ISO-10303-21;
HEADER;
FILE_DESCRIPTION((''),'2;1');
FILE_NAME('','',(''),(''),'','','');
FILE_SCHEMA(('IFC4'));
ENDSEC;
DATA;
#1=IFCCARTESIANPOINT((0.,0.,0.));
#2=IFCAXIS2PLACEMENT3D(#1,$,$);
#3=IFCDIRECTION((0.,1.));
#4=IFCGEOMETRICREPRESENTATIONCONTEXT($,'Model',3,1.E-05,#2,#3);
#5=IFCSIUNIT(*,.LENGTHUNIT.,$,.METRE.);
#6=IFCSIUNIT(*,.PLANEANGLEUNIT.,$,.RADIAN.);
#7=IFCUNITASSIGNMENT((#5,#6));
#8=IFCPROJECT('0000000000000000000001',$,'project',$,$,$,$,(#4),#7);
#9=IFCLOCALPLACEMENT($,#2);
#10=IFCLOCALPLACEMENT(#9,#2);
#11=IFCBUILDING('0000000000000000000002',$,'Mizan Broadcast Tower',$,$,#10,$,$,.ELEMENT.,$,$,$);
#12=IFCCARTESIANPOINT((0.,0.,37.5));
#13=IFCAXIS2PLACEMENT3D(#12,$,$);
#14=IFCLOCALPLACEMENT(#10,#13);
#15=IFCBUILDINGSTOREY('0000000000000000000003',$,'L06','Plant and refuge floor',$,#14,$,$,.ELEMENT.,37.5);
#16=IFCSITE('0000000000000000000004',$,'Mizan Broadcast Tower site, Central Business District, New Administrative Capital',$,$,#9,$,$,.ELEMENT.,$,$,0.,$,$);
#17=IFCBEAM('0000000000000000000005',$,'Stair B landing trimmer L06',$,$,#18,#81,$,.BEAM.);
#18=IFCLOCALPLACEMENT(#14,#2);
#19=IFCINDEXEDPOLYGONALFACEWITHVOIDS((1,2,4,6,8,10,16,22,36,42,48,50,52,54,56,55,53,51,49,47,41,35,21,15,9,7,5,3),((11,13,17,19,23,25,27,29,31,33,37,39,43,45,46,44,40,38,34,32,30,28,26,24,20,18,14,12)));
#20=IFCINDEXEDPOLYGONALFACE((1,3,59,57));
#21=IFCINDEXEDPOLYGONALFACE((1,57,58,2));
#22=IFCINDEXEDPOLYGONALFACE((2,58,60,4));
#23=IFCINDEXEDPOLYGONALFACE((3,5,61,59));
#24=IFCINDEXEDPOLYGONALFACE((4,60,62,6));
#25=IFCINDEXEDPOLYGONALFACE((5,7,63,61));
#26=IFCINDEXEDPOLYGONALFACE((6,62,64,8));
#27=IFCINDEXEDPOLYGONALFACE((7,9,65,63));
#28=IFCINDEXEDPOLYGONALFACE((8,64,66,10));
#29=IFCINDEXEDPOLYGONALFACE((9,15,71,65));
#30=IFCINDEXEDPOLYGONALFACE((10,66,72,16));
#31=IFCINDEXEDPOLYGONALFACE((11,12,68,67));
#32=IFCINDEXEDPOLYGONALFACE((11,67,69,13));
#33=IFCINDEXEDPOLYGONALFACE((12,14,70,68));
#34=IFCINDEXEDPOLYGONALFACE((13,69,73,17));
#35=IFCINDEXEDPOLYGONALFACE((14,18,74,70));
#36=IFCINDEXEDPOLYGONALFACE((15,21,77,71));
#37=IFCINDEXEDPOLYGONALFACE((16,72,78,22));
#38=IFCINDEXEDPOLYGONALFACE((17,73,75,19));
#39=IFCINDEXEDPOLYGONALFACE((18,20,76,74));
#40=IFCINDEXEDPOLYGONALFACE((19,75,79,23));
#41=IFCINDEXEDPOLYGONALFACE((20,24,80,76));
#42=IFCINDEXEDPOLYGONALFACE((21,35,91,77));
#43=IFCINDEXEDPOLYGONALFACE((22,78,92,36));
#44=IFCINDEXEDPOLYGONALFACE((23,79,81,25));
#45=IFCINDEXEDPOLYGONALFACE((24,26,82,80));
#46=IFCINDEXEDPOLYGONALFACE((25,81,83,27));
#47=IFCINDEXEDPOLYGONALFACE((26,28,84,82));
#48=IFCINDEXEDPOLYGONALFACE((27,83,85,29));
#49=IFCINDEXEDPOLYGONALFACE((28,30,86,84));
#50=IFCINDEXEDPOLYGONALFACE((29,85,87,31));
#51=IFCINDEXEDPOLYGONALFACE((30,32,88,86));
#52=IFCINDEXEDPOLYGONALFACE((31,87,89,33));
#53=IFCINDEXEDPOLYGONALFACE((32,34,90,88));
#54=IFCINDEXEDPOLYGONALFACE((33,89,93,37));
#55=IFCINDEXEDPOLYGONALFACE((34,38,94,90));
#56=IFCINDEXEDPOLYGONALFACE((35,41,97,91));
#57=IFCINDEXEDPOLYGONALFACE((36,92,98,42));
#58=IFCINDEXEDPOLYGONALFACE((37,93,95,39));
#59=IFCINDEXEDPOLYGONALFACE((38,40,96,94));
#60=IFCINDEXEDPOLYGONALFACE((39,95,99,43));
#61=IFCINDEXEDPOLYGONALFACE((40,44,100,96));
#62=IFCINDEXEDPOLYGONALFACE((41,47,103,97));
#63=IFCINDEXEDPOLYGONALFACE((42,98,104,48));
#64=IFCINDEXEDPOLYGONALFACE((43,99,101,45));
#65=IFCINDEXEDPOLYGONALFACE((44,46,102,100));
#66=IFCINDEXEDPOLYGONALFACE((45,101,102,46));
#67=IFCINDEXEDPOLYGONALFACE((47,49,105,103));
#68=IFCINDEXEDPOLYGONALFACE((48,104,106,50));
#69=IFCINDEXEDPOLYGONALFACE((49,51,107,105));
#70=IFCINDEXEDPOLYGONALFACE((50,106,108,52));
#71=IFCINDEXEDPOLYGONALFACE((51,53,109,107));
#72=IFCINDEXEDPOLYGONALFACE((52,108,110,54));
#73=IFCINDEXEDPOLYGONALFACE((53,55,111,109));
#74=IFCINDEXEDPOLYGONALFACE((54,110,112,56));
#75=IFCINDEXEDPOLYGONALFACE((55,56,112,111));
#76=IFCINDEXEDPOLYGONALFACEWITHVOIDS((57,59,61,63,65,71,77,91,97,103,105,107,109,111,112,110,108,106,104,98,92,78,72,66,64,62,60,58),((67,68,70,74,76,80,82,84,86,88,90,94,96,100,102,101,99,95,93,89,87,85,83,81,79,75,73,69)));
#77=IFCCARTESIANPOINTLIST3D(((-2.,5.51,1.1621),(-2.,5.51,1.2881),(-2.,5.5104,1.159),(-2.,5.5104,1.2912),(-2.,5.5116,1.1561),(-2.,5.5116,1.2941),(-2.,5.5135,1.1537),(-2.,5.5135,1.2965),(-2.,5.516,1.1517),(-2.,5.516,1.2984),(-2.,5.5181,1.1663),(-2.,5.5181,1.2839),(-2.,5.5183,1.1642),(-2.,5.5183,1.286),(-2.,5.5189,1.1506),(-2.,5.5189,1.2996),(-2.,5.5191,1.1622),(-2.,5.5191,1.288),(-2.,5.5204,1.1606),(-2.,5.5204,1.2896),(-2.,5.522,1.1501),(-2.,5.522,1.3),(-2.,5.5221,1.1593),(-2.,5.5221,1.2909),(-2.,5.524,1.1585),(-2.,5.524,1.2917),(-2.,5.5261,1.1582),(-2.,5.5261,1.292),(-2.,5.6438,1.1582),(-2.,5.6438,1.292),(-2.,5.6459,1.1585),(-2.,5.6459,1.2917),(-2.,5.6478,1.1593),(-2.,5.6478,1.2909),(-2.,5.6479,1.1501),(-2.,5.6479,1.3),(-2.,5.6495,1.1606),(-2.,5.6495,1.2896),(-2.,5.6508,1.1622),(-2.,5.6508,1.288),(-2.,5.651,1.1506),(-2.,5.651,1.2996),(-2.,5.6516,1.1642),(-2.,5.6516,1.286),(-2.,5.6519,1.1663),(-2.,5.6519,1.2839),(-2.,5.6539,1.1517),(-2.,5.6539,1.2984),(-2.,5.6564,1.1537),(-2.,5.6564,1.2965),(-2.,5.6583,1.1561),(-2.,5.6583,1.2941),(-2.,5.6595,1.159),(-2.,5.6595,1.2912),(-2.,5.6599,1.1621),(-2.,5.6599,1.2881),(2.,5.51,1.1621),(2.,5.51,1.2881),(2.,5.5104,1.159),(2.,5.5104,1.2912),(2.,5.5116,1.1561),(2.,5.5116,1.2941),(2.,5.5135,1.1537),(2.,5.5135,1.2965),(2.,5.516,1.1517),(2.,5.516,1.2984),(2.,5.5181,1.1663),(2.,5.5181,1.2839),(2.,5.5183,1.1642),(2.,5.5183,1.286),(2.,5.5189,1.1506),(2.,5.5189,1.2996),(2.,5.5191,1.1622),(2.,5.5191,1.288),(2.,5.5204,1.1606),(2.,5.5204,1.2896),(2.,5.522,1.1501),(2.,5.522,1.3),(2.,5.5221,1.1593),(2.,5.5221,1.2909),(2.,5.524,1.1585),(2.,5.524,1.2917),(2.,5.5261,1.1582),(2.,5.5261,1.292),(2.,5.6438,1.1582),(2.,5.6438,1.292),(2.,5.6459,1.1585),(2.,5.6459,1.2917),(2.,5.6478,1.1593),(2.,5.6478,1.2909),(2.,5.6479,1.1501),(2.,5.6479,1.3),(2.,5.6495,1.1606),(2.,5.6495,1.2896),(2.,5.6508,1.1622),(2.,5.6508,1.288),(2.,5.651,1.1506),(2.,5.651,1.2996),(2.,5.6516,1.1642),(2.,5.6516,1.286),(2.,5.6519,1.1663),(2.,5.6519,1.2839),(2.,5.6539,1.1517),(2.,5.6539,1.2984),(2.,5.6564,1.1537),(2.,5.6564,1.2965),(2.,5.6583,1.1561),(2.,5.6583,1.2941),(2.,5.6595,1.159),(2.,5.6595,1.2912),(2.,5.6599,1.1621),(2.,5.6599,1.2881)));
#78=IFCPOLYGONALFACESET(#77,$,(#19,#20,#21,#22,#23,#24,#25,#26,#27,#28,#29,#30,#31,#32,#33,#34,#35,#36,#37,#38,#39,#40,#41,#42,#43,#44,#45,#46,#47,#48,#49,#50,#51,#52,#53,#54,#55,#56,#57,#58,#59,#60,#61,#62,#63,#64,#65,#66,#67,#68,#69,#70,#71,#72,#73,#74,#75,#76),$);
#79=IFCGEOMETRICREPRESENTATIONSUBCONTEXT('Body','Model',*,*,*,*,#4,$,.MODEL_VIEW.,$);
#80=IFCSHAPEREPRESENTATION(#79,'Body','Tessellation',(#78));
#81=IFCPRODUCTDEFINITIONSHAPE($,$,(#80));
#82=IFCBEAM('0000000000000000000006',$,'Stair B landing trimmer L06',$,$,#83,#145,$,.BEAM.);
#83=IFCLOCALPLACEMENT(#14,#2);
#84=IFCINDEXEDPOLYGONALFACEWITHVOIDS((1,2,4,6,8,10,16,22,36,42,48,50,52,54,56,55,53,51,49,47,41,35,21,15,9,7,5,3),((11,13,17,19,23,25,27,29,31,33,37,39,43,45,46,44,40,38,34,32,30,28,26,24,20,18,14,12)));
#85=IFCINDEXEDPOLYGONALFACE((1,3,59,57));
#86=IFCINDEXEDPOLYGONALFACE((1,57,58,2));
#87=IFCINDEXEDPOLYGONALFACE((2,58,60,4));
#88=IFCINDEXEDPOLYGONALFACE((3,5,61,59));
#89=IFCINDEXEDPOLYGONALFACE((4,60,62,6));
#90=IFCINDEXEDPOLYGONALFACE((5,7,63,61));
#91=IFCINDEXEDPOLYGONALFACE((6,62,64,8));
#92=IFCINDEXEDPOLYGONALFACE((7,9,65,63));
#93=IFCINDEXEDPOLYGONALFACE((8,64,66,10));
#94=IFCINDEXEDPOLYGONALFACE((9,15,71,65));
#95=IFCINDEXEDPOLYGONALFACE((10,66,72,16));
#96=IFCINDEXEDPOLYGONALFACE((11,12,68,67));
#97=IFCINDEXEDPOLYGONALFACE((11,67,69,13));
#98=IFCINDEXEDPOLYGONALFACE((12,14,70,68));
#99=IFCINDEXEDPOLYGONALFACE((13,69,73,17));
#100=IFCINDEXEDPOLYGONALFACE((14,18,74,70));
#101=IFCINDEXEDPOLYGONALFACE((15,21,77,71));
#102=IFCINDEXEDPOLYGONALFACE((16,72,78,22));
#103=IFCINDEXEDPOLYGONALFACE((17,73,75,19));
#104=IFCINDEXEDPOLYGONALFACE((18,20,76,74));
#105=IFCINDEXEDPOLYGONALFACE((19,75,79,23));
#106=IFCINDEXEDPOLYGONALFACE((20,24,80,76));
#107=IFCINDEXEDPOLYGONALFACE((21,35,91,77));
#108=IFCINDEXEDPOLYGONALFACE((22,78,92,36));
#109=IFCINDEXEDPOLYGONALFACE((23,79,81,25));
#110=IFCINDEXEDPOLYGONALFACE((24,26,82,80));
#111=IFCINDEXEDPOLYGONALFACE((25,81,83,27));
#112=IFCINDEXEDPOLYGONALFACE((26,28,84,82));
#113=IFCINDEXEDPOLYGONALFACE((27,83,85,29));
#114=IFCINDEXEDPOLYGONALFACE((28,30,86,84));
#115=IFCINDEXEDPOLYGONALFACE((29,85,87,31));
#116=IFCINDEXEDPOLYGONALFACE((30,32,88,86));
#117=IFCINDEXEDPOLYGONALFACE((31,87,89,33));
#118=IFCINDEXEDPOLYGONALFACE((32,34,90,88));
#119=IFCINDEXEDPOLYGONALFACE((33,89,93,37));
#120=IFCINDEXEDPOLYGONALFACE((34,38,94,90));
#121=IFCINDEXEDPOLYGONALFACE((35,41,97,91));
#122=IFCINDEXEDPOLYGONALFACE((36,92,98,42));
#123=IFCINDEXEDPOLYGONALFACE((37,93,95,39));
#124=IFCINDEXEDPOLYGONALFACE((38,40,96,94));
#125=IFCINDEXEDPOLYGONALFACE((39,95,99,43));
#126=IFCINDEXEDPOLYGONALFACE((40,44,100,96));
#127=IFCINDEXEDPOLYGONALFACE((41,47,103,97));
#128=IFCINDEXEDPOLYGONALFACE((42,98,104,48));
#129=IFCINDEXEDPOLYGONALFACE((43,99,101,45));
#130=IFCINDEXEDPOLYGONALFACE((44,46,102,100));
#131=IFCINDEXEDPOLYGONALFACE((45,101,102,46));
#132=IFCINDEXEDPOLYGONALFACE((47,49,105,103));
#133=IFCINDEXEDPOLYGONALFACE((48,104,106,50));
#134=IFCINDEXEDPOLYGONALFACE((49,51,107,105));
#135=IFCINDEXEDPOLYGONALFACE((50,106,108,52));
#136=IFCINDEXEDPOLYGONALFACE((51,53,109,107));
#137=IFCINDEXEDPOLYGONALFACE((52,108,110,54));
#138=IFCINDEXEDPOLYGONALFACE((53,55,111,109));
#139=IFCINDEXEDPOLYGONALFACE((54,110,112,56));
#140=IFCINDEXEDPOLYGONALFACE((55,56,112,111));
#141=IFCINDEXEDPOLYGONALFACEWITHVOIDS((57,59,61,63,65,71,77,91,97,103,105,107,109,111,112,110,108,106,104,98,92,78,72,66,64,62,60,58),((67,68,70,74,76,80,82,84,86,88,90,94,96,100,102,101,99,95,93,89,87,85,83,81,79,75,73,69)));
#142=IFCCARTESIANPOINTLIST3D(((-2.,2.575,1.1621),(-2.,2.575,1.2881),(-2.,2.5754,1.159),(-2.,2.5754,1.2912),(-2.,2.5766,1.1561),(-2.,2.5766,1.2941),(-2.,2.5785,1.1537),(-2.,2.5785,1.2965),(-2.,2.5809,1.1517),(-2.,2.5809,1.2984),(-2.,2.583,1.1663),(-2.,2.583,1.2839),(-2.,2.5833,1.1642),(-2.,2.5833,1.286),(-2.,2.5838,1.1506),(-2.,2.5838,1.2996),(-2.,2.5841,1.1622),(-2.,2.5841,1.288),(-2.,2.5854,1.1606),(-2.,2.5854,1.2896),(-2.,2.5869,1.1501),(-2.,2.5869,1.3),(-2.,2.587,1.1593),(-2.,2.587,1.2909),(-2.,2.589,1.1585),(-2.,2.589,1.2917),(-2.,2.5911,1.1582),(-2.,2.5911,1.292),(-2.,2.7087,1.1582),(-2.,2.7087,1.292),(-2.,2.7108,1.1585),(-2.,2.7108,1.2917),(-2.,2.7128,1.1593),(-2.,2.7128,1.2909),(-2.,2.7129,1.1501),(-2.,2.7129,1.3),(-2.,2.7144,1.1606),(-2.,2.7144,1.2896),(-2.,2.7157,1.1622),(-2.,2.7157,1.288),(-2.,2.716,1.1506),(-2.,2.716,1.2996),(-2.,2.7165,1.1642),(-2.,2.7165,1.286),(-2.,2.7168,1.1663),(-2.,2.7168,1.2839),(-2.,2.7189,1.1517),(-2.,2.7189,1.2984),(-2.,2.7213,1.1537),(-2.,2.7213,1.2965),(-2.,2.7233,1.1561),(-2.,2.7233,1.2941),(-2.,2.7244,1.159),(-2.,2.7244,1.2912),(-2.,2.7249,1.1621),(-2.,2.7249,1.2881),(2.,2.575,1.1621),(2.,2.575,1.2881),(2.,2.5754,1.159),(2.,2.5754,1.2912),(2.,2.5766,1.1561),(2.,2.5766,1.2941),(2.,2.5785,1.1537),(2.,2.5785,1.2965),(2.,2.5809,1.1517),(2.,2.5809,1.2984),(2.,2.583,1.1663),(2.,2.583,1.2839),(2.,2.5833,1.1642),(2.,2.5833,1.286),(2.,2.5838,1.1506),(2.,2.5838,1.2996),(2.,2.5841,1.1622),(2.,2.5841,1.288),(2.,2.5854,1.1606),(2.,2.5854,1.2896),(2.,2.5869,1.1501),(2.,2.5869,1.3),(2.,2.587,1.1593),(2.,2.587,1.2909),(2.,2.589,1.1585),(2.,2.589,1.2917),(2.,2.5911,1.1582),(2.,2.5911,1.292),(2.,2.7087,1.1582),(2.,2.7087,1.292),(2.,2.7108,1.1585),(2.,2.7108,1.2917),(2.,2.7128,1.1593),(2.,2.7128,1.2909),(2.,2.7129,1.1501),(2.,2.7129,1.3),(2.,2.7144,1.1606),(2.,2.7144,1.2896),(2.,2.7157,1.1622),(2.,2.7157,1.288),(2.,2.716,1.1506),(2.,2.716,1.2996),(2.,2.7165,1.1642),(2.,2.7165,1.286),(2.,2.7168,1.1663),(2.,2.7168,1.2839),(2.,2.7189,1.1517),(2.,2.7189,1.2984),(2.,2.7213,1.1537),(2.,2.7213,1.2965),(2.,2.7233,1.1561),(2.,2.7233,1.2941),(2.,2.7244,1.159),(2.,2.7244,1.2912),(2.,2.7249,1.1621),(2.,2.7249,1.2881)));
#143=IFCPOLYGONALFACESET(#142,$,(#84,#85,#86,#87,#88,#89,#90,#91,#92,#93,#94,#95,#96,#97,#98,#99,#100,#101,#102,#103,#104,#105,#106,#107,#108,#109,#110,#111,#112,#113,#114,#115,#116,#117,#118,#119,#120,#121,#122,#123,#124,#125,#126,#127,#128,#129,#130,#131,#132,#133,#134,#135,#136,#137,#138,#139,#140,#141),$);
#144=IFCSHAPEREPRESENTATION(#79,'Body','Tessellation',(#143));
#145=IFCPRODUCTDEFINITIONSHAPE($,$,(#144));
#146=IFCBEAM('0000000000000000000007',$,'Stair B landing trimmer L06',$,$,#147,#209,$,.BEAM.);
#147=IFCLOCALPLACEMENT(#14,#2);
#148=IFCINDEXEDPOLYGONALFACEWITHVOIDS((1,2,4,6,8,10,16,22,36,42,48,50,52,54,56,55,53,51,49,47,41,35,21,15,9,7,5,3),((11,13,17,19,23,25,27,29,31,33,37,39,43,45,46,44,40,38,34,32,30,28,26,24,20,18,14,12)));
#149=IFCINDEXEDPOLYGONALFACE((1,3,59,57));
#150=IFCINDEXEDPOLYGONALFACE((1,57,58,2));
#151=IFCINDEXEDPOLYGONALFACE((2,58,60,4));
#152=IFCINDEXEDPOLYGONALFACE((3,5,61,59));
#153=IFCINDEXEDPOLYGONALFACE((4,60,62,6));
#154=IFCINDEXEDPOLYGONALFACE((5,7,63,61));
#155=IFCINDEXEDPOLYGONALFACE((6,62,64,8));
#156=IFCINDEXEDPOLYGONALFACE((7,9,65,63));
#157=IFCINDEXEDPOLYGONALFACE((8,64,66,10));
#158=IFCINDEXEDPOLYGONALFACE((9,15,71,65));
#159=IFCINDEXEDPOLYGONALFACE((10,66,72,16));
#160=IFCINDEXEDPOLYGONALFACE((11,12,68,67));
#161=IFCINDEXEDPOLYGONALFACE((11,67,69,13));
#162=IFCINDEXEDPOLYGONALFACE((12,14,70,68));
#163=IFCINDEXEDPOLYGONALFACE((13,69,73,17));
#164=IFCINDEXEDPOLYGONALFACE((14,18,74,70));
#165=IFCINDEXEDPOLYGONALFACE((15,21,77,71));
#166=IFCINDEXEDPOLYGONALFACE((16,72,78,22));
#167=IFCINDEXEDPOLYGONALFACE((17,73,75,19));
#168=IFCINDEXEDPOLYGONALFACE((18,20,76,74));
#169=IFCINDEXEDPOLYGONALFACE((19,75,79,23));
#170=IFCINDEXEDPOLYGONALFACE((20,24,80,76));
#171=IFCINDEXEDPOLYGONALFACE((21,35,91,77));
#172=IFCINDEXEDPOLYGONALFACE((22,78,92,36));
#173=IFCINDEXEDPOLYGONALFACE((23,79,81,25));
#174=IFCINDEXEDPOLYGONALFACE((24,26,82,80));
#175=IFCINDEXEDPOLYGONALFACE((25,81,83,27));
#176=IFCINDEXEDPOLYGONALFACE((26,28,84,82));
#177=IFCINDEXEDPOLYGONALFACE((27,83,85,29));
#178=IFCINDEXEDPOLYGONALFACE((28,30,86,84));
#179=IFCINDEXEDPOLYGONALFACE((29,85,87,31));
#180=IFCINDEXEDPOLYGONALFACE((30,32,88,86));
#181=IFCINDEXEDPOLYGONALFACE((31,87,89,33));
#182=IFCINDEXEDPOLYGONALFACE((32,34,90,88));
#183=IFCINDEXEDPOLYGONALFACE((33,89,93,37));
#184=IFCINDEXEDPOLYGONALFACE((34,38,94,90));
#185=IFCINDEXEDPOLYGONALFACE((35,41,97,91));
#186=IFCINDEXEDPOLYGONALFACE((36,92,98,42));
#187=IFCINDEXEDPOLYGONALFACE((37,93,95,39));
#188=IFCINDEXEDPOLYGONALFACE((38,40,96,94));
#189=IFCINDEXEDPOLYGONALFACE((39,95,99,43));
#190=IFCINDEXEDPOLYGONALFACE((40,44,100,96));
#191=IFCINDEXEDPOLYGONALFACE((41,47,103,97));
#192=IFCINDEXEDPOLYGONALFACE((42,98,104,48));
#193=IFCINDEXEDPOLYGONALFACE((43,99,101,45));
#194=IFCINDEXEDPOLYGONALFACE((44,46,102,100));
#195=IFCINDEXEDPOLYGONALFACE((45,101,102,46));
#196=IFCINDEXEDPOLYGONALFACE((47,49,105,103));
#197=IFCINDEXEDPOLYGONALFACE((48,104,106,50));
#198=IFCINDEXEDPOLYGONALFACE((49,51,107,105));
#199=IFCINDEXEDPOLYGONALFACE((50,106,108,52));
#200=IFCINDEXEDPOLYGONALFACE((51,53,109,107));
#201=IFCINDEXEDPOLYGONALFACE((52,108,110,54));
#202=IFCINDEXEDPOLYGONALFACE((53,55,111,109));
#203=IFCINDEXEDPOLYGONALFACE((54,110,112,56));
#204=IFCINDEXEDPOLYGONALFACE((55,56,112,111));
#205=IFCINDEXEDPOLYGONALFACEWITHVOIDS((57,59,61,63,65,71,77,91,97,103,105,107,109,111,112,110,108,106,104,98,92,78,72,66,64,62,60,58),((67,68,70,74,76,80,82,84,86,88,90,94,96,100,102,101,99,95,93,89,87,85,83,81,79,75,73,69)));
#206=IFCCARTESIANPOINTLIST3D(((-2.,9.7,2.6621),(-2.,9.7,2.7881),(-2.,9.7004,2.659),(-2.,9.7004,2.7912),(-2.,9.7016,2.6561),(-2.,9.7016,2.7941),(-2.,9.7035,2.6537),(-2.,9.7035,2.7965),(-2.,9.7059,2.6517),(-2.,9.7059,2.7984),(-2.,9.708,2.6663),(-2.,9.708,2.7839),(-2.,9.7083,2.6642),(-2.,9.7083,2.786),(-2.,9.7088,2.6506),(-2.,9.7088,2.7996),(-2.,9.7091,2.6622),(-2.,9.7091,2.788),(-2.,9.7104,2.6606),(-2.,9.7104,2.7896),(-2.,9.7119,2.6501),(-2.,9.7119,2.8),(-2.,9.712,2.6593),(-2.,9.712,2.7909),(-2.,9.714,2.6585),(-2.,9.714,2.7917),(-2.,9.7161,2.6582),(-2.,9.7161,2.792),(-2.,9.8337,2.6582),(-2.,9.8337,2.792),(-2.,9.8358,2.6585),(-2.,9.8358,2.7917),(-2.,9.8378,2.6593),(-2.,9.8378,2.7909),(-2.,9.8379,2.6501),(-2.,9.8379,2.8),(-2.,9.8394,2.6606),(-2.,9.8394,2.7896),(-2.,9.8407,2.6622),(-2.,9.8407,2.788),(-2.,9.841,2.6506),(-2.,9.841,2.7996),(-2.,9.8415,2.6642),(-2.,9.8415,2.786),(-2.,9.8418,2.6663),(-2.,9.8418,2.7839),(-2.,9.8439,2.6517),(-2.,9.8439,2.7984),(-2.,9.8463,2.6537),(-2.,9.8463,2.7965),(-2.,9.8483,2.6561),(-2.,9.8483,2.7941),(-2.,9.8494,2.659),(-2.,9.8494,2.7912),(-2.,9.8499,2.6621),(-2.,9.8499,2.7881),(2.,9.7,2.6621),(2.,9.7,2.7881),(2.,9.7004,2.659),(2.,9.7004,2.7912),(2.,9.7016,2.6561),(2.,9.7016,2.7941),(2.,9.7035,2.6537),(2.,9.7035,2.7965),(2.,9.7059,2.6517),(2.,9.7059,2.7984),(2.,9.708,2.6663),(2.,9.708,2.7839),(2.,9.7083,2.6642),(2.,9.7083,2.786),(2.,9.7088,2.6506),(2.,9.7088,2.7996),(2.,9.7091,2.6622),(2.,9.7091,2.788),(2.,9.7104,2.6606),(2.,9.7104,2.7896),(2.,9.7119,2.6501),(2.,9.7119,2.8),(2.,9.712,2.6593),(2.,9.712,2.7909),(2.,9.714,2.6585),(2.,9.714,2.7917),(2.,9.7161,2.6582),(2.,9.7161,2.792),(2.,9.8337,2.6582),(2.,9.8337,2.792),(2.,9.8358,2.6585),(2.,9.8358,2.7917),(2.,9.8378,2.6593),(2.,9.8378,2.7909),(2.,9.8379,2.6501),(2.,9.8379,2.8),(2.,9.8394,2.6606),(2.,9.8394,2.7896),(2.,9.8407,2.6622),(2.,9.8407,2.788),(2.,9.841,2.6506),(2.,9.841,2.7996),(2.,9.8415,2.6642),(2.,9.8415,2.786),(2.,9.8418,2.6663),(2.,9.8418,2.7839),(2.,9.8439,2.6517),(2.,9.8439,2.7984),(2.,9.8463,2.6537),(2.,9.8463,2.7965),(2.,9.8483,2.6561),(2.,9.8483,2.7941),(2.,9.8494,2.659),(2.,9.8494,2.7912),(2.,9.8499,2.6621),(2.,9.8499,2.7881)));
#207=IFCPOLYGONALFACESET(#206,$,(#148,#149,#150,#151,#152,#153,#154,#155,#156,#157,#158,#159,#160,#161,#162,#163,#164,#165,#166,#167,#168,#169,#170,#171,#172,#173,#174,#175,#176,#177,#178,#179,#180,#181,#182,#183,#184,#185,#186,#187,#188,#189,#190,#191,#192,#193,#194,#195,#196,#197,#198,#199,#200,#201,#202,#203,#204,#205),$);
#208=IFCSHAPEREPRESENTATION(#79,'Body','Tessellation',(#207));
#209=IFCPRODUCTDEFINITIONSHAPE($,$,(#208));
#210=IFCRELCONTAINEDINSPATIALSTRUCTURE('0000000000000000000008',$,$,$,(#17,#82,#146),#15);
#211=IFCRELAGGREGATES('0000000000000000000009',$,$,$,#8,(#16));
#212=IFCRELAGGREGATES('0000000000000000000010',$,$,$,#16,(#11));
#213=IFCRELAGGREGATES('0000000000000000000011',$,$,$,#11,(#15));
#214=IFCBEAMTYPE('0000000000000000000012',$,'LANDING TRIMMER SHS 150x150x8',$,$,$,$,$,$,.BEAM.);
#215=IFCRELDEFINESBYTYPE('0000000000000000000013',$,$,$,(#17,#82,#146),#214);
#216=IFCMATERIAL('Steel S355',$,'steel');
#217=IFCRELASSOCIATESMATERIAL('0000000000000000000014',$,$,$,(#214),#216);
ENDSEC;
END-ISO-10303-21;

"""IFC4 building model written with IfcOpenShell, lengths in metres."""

from ifc_helpers import new_model, si_unit, direction, frame, origin, origin_2d, place, context, subcontext, project, spatial, hollow_rectangle, extrude, material, material_profile, profile_set, type_object, element, save


model = new_model("IFC4")

# Units and contexts
model_context = context("Model", 3, precision=1e-05, world=origin(), true_north=direction((0.0, 1.0)))
body_context = subcontext(model_context, "Body", "Model", "MODEL_VIEW")
ifc_project = project(units=[si_unit("LENGTHUNIT", "METRE"), si_unit("PLANEANGLEUNIT", "RADIAN")], contexts=[model_context])

# Site, building, storey
site_placement = place(None, origin())
site = spatial("IfcSite", under=ifc_project, at=site_placement, Name="Mizan Broadcast Tower site, Central Business District, New Administrative Capital", CompositionType="ELEMENT", RefElevation=0.0)
building_placement = place(site_placement, origin())
building = spatial("IfcBuilding", under=site, at=building_placement, Name="Mizan Broadcast Tower", CompositionType="ELEMENT")
storey_placement = place(building_placement, frame((0.0, 0.0, 37.5)))
storey = spatial("IfcBuildingStorey", under=building, at=storey_placement, Name="L06", Description="Plant and refuge floor", CompositionType="ELEMENT", Elevation=37.5)

# Beams
ifc_material_1 = material(Name="Steel S355", Category="steel")
ifc_material_profile_1 = material_profile(ifc_material_1, hollow_rectangle(XDim=0.1499, YDim=0.1499, WallThickness=0.0081, InnerFilletRadius=0.0081, OuterFilletRadius=0.012, at=origin_2d()), Name="SHS 150x150x8")
ifc_profile_set_1 = profile_set([ifc_material_profile_1], Name="Steel S355")
beam_type_1 = type_object("IfcBeamType", Name="LANDING TRIMMER SHS 150x150x8", PredefinedType="BEAM", material=ifc_profile_set_1)
for number, where, z_axis, x_axis, name in (
    (1, (2.0, 5.585, 1.2251), (-1.0, 0.0, 0.0), (0.0, -1.0, 0.0), "Stair B landing trimmer L06"),
    (2, (2.0, 2.6499, 1.2251), (-1.0, 0.0, 0.0), (0.0, -1.0, 0.0), "Stair B landing trimmer L06"),
    (3, (2.0, 9.7749, 2.7251), (-1.0, 0.0, 0.0), (0.0, -1.0, 0.0), "Stair B landing trimmer L06"),
):
    element("IfcBeam", number, at=place(storey_placement, frame(where, z_axis=z_axis, x_axis=x_axis)), inside=storey, type_object=beam_type_1, Name=name, PredefinedType="BEAM", context=body_context, shape_type="SweptSolid", body=[
        extrude(hollow_rectangle(XDim=0.1499, YDim=0.1499, WallThickness=0.0081, InnerFilletRadius=0.0081, OuterFilletRadius=0.012, at=origin_2d()), origin(), (0.0, 0.0, 1.0), 4.0),
    ])

save(model, "model.ifc")
